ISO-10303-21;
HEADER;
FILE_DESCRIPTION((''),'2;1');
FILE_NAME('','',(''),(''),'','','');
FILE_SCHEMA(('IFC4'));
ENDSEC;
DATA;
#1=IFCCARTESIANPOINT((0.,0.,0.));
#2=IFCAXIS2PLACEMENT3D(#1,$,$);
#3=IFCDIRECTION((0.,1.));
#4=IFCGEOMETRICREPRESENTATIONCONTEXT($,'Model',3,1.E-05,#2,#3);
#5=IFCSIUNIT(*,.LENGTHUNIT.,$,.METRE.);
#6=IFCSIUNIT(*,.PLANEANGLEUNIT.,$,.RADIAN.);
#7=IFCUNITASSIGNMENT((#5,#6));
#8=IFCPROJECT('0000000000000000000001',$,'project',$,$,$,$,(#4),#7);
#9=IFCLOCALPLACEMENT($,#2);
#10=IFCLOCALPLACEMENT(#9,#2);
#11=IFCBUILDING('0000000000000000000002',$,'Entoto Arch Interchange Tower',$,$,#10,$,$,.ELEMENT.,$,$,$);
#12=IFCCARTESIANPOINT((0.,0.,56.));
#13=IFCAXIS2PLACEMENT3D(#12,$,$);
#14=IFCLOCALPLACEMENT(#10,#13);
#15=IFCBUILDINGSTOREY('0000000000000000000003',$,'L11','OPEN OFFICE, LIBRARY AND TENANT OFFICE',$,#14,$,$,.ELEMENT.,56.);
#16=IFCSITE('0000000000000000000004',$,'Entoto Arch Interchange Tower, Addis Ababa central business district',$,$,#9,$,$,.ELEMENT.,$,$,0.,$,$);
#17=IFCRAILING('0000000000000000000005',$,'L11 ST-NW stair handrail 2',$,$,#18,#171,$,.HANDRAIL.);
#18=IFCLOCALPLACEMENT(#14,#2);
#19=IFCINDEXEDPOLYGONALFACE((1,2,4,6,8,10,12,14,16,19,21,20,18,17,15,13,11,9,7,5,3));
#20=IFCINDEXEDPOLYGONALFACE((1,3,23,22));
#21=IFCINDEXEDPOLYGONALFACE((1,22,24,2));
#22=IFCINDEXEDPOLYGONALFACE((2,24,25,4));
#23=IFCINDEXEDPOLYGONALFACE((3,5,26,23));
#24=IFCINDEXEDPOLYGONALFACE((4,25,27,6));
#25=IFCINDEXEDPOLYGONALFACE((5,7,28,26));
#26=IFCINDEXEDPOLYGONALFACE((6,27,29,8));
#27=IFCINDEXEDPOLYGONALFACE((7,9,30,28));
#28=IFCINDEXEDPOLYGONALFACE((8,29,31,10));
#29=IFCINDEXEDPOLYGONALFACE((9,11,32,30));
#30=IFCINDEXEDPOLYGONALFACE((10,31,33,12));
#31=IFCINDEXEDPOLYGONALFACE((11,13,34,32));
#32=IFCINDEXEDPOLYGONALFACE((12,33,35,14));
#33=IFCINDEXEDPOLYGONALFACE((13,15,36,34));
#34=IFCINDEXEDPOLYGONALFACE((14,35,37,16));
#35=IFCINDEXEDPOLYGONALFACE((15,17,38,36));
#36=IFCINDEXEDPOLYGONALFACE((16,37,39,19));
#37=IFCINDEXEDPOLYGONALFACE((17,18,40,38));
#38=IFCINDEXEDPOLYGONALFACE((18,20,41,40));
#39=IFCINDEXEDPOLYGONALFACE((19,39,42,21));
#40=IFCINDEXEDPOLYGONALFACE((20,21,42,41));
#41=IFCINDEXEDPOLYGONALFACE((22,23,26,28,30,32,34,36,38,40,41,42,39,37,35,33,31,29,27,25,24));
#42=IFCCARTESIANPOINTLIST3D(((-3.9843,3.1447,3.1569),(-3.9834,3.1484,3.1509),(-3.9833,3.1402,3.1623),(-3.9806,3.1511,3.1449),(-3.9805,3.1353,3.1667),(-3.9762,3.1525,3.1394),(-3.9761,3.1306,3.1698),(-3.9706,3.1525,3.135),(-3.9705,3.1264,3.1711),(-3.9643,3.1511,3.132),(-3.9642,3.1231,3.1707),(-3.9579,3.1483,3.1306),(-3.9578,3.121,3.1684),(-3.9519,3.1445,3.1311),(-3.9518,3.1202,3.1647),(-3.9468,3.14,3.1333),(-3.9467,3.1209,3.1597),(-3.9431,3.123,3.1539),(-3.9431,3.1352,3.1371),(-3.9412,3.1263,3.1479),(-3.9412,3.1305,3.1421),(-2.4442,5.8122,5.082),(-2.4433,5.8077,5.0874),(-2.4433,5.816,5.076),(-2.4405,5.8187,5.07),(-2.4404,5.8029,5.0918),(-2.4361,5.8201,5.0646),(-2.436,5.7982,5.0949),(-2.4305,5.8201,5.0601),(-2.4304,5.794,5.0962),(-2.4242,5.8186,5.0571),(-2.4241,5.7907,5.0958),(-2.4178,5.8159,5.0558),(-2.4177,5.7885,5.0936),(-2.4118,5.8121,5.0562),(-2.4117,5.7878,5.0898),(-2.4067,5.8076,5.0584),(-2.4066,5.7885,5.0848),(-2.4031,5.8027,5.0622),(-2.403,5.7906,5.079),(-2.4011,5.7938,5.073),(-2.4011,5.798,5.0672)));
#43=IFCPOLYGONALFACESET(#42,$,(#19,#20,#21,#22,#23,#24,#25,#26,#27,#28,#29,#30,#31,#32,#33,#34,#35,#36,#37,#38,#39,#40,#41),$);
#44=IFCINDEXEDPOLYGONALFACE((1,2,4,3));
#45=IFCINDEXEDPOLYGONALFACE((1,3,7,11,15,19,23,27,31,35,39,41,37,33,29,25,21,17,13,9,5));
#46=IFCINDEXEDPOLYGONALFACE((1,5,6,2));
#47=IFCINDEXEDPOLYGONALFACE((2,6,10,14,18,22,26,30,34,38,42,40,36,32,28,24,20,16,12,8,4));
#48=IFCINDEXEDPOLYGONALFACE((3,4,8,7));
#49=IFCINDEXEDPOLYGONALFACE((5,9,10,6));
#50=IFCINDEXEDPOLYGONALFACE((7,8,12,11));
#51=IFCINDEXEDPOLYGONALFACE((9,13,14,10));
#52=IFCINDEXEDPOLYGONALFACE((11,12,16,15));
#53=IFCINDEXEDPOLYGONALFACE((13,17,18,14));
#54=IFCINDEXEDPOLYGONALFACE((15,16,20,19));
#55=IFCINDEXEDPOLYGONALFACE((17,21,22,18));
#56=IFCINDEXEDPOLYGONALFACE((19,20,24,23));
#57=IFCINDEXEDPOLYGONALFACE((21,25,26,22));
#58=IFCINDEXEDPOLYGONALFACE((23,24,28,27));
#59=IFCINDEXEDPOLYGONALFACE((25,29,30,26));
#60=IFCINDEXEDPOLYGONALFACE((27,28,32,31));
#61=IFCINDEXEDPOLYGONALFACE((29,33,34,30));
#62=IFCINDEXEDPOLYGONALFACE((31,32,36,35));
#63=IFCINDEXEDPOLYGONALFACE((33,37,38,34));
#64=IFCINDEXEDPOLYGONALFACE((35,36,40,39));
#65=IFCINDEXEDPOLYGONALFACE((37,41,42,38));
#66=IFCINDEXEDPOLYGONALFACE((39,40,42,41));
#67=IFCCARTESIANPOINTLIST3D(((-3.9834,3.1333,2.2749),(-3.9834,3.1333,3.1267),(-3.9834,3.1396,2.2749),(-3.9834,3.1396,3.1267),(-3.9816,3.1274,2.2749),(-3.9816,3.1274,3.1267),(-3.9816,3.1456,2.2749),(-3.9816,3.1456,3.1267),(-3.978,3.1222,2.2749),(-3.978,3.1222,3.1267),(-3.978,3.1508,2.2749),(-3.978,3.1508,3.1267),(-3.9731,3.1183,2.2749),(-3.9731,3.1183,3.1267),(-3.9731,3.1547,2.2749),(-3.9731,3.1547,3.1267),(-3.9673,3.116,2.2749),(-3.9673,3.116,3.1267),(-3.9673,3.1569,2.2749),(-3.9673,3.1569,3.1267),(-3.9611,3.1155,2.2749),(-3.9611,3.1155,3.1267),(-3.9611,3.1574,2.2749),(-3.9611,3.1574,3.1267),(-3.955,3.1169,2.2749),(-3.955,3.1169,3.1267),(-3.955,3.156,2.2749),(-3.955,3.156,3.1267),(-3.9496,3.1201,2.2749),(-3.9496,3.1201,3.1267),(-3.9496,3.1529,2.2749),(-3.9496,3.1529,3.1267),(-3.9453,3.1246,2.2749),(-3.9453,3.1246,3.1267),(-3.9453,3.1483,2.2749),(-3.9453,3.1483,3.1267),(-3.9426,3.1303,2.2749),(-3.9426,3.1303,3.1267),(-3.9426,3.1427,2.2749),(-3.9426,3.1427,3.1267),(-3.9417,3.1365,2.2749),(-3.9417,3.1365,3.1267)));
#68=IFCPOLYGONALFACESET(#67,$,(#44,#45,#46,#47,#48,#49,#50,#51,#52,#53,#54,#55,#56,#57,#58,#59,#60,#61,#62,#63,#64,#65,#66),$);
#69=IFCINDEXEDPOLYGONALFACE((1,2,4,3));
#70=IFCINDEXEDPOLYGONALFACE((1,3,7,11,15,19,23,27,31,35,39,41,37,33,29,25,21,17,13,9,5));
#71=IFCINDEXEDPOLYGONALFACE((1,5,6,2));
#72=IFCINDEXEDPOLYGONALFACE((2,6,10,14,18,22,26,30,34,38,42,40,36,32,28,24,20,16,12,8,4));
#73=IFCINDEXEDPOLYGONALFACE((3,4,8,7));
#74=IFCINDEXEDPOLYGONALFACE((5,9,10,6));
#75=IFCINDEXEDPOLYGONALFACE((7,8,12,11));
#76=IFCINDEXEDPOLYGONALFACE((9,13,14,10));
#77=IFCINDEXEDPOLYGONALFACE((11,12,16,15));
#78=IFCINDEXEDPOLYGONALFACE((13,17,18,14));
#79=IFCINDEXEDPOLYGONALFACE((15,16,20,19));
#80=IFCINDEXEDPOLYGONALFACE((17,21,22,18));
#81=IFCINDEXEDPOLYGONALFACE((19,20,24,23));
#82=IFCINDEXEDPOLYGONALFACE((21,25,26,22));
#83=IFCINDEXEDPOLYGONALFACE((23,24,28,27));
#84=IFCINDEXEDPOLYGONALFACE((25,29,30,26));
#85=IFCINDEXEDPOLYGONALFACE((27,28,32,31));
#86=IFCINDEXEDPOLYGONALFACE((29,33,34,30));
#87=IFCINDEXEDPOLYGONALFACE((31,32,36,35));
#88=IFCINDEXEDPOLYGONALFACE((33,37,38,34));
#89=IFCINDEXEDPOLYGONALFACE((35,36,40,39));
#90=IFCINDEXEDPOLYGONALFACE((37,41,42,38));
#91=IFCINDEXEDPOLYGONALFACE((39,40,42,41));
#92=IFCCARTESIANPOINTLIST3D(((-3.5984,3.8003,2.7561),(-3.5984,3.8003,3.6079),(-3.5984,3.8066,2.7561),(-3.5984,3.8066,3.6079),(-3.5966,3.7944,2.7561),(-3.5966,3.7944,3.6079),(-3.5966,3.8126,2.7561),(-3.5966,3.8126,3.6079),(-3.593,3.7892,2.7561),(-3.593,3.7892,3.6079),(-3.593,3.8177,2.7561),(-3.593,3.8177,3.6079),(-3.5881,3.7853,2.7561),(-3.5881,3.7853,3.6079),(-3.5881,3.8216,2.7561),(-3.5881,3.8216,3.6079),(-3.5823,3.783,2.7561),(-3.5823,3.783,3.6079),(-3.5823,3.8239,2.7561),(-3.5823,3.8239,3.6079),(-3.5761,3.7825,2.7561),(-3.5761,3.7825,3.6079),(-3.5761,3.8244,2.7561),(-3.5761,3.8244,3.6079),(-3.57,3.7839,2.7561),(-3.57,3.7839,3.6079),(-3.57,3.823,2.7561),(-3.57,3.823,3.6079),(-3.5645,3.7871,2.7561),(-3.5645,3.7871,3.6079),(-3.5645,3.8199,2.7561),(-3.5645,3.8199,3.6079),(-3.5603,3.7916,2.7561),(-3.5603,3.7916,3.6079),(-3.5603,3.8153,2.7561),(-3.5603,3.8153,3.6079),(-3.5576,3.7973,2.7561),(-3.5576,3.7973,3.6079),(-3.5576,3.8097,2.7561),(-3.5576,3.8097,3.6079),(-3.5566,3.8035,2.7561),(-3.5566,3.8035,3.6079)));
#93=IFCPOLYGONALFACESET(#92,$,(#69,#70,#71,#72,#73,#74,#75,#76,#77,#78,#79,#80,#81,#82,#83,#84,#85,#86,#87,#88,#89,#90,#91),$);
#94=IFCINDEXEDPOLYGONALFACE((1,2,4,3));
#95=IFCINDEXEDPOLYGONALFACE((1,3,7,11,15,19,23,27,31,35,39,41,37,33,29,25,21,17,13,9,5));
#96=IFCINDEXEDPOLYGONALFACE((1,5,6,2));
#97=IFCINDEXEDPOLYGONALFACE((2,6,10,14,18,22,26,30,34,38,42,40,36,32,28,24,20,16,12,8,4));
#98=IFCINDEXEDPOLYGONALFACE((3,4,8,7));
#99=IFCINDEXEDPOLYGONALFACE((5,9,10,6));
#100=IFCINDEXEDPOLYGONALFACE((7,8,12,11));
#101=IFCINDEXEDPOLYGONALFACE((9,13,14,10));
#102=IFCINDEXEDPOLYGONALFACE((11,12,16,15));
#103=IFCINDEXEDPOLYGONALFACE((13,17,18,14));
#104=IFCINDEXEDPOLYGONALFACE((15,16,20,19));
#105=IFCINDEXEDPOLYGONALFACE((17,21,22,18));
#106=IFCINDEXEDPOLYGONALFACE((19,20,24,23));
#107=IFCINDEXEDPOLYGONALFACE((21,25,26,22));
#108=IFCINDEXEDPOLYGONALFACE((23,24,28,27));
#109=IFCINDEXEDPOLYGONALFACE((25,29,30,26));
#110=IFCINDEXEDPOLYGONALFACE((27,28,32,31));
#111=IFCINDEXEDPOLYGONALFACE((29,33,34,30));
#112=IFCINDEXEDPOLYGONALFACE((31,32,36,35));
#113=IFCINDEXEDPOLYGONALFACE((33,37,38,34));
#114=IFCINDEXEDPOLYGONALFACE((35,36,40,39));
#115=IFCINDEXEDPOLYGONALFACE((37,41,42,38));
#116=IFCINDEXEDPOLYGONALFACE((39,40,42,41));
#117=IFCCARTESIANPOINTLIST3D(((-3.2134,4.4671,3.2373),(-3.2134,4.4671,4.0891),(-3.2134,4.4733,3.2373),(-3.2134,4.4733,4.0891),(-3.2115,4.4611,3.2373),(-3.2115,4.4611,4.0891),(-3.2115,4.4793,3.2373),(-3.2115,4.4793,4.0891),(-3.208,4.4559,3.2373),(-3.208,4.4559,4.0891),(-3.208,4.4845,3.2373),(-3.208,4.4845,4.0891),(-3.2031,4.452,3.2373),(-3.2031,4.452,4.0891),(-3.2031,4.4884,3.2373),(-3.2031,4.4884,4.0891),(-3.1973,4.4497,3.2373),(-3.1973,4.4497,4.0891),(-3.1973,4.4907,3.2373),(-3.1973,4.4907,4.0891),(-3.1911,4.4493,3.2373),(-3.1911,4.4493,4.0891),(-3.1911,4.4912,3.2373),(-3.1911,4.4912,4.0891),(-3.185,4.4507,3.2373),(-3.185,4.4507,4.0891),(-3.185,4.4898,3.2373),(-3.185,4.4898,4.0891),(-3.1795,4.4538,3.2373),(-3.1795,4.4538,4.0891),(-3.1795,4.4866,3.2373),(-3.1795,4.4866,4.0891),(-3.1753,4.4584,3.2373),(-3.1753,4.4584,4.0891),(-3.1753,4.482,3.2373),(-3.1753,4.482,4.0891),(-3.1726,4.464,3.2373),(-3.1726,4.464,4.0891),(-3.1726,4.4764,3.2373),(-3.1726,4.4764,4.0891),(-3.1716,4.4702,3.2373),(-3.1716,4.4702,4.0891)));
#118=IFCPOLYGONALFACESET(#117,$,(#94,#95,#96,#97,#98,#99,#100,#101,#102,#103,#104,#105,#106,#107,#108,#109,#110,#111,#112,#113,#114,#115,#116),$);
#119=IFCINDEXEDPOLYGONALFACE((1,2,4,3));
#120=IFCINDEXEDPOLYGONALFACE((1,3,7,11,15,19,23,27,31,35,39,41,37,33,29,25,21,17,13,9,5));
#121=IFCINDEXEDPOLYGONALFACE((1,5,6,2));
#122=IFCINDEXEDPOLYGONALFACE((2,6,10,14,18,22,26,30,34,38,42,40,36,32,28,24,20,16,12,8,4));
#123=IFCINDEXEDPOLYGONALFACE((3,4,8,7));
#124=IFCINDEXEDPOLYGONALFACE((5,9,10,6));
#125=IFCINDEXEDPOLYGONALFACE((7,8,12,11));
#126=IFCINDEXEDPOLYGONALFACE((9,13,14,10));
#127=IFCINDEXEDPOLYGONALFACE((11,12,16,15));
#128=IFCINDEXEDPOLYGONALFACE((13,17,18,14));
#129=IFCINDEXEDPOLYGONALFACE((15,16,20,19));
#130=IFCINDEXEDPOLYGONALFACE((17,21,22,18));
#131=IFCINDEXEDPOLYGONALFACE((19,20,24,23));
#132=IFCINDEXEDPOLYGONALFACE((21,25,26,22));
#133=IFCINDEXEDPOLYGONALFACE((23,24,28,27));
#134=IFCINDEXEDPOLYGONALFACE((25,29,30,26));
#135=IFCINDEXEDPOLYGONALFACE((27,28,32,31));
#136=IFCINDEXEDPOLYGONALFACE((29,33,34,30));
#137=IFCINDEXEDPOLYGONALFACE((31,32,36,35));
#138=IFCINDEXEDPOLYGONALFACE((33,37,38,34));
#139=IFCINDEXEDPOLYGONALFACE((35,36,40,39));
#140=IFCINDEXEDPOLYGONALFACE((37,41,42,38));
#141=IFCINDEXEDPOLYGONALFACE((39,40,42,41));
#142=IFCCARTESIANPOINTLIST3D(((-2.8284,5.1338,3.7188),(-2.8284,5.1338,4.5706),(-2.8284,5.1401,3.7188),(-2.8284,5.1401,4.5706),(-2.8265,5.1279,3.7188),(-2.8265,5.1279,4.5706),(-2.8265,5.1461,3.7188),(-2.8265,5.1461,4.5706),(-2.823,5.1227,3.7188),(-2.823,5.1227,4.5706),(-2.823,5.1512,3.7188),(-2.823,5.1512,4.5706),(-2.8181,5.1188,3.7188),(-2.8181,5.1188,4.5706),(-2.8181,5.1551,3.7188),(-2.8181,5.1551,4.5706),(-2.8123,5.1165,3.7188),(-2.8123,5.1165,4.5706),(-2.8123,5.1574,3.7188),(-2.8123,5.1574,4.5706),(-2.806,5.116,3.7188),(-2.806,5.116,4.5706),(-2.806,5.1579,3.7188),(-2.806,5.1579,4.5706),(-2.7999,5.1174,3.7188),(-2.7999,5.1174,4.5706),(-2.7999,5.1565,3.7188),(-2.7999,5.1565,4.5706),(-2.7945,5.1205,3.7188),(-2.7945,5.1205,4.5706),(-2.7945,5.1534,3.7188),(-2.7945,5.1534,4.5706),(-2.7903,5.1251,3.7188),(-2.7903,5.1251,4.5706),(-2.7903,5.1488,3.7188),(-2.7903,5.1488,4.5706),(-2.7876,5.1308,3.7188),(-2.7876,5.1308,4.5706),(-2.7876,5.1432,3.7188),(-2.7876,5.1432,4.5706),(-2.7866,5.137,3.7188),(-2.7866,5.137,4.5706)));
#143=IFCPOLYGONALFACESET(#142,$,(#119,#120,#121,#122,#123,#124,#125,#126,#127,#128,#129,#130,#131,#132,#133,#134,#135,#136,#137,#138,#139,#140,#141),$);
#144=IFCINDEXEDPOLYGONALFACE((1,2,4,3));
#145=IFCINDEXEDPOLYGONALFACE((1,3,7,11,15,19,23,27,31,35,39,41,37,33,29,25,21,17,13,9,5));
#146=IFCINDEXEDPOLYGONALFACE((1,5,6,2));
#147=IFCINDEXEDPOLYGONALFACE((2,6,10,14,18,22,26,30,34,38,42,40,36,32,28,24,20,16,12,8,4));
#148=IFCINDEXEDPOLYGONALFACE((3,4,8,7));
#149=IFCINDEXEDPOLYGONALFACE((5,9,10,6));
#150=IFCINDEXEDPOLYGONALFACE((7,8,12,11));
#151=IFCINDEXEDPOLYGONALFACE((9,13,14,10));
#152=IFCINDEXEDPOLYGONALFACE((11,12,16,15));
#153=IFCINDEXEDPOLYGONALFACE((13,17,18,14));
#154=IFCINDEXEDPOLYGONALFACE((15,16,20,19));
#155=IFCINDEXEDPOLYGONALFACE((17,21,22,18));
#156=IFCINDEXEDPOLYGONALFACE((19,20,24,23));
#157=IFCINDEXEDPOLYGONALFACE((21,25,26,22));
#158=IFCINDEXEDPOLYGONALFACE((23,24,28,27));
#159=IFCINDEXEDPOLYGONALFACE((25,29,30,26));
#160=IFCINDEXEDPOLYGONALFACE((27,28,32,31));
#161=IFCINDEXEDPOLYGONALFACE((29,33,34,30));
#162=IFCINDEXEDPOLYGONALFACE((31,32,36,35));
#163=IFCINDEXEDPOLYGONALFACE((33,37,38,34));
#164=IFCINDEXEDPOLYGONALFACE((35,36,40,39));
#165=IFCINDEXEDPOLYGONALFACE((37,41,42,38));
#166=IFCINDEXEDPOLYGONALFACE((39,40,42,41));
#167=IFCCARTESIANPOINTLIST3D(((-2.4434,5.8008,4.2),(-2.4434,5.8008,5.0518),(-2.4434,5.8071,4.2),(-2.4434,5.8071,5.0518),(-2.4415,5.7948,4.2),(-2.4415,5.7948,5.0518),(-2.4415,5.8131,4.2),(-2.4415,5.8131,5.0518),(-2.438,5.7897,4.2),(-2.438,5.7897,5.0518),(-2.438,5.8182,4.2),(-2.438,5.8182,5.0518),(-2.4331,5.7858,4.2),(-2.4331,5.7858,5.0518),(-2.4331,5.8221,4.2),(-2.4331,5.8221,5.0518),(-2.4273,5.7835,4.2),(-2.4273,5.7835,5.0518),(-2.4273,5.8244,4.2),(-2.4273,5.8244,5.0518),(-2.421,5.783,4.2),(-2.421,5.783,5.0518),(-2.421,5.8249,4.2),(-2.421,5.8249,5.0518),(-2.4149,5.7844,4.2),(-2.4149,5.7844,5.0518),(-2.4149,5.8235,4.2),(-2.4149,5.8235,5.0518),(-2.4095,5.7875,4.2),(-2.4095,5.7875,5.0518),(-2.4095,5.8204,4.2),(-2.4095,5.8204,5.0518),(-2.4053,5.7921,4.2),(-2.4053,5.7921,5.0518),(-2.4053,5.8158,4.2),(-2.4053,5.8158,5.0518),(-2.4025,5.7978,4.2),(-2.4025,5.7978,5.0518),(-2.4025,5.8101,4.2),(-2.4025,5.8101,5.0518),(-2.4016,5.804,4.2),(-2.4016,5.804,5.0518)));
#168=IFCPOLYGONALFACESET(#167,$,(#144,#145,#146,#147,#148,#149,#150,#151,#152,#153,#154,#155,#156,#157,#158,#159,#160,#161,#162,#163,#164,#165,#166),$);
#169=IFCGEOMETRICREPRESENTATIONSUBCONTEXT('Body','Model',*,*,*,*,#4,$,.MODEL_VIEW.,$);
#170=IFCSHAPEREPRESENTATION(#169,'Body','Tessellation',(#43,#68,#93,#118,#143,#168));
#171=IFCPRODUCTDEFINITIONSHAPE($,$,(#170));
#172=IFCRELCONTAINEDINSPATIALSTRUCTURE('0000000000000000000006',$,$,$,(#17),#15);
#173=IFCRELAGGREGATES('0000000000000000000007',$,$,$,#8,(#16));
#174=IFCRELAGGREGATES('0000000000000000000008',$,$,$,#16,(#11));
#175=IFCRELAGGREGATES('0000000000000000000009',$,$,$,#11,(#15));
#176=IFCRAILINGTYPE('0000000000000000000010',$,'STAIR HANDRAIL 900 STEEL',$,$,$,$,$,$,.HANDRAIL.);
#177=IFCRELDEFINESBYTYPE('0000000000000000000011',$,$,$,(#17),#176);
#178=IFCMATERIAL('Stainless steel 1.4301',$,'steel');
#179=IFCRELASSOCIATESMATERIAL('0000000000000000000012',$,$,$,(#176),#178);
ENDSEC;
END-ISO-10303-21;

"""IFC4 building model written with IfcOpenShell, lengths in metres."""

from ifc_helpers import new_model, si_unit, direction, frame, origin, origin_2d, place, context, subcontext, project, spatial, circle, extrude, material, type_object, element, save


model = new_model("IFC4")

# Units and contexts
model_context = context("Model", 3, precision=1e-05, world=origin(), true_north=direction((0.0, 1.0)))
body_context = subcontext(model_context, "Body", "Model", "MODEL_VIEW")
ifc_project = project(units=[si_unit("LENGTHUNIT", "METRE"), si_unit("PLANEANGLEUNIT", "RADIAN")], contexts=[model_context])

# Site, building, storey
site_placement = place(None, origin())
site = spatial("IfcSite", under=ifc_project, at=site_placement, Name="Entoto Arch Interchange Tower, Addis Ababa central business district", CompositionType="ELEMENT", RefElevation=0.0)
building_placement = place(site_placement, origin())
building = spatial("IfcBuilding", under=site, at=building_placement, Name="Entoto Arch Interchange Tower", CompositionType="ELEMENT")
storey_placement = place(building_placement, frame((0.0, 0.0, 56.0)))
storey = spatial("IfcBuildingStorey", under=building, at=storey_placement, Name="L11", Description="OPEN OFFICE, LIBRARY AND TENANT OFFICE", CompositionType="ELEMENT", Elevation=56.0)

# Railing
ifc_material_1 = material(Name="Stainless steel 1.4301", Category="steel")
railing_type_1 = type_object("IfcRailingType", Name="STAIR HANDRAIL 900 STEEL", PredefinedType="HANDRAIL", material=ifc_material_1)
railing_1_placement = place(storey_placement, frame((-3.9626, 3.1365, 2.2749)))
element("IfcRailing", 1, at=railing_1_placement, inside=storey, type_object=railing_type_1, Name="L11 ST-NW stair handrail 2", PredefinedType="HANDRAIL", context=body_context, shape_type="SweptSolid", body=[
    extrude(circle(Radius=0.0239, at=origin_2d()), frame((0.0, 0.0, 0.876), z_axis=(0.423994, 0.734395, 0.529993), x_axis=(-0.86603, 0.499992, 0.0)), (0.0, 0.0, 1.0), 3.6323),
    extrude(circle(Radius=0.021, at=origin_2d()), origin(), (0.0, 0.0, 1.0), 0.8518),
    extrude(circle(Radius=0.021, at=origin_2d()), frame((0.385, 0.667, 0.4812)), (0.0, 0.0, 1.0), 0.8518),
    extrude(circle(Radius=0.021, at=origin_2d()), frame((0.77, 1.3337, 0.9624)), (0.0, 0.0, 1.0), 0.8518),
    extrude(circle(Radius=0.021, at=origin_2d()), frame((1.155, 2.0005, 1.4438)), (0.0, 0.0, 1.0), 0.8518),
    extrude(circle(Radius=0.021, at=origin_2d()), frame((1.54, 2.6675, 1.925)), (0.0, 0.0, 1.0), 0.8518),
])

save(model, "model.ifc")
